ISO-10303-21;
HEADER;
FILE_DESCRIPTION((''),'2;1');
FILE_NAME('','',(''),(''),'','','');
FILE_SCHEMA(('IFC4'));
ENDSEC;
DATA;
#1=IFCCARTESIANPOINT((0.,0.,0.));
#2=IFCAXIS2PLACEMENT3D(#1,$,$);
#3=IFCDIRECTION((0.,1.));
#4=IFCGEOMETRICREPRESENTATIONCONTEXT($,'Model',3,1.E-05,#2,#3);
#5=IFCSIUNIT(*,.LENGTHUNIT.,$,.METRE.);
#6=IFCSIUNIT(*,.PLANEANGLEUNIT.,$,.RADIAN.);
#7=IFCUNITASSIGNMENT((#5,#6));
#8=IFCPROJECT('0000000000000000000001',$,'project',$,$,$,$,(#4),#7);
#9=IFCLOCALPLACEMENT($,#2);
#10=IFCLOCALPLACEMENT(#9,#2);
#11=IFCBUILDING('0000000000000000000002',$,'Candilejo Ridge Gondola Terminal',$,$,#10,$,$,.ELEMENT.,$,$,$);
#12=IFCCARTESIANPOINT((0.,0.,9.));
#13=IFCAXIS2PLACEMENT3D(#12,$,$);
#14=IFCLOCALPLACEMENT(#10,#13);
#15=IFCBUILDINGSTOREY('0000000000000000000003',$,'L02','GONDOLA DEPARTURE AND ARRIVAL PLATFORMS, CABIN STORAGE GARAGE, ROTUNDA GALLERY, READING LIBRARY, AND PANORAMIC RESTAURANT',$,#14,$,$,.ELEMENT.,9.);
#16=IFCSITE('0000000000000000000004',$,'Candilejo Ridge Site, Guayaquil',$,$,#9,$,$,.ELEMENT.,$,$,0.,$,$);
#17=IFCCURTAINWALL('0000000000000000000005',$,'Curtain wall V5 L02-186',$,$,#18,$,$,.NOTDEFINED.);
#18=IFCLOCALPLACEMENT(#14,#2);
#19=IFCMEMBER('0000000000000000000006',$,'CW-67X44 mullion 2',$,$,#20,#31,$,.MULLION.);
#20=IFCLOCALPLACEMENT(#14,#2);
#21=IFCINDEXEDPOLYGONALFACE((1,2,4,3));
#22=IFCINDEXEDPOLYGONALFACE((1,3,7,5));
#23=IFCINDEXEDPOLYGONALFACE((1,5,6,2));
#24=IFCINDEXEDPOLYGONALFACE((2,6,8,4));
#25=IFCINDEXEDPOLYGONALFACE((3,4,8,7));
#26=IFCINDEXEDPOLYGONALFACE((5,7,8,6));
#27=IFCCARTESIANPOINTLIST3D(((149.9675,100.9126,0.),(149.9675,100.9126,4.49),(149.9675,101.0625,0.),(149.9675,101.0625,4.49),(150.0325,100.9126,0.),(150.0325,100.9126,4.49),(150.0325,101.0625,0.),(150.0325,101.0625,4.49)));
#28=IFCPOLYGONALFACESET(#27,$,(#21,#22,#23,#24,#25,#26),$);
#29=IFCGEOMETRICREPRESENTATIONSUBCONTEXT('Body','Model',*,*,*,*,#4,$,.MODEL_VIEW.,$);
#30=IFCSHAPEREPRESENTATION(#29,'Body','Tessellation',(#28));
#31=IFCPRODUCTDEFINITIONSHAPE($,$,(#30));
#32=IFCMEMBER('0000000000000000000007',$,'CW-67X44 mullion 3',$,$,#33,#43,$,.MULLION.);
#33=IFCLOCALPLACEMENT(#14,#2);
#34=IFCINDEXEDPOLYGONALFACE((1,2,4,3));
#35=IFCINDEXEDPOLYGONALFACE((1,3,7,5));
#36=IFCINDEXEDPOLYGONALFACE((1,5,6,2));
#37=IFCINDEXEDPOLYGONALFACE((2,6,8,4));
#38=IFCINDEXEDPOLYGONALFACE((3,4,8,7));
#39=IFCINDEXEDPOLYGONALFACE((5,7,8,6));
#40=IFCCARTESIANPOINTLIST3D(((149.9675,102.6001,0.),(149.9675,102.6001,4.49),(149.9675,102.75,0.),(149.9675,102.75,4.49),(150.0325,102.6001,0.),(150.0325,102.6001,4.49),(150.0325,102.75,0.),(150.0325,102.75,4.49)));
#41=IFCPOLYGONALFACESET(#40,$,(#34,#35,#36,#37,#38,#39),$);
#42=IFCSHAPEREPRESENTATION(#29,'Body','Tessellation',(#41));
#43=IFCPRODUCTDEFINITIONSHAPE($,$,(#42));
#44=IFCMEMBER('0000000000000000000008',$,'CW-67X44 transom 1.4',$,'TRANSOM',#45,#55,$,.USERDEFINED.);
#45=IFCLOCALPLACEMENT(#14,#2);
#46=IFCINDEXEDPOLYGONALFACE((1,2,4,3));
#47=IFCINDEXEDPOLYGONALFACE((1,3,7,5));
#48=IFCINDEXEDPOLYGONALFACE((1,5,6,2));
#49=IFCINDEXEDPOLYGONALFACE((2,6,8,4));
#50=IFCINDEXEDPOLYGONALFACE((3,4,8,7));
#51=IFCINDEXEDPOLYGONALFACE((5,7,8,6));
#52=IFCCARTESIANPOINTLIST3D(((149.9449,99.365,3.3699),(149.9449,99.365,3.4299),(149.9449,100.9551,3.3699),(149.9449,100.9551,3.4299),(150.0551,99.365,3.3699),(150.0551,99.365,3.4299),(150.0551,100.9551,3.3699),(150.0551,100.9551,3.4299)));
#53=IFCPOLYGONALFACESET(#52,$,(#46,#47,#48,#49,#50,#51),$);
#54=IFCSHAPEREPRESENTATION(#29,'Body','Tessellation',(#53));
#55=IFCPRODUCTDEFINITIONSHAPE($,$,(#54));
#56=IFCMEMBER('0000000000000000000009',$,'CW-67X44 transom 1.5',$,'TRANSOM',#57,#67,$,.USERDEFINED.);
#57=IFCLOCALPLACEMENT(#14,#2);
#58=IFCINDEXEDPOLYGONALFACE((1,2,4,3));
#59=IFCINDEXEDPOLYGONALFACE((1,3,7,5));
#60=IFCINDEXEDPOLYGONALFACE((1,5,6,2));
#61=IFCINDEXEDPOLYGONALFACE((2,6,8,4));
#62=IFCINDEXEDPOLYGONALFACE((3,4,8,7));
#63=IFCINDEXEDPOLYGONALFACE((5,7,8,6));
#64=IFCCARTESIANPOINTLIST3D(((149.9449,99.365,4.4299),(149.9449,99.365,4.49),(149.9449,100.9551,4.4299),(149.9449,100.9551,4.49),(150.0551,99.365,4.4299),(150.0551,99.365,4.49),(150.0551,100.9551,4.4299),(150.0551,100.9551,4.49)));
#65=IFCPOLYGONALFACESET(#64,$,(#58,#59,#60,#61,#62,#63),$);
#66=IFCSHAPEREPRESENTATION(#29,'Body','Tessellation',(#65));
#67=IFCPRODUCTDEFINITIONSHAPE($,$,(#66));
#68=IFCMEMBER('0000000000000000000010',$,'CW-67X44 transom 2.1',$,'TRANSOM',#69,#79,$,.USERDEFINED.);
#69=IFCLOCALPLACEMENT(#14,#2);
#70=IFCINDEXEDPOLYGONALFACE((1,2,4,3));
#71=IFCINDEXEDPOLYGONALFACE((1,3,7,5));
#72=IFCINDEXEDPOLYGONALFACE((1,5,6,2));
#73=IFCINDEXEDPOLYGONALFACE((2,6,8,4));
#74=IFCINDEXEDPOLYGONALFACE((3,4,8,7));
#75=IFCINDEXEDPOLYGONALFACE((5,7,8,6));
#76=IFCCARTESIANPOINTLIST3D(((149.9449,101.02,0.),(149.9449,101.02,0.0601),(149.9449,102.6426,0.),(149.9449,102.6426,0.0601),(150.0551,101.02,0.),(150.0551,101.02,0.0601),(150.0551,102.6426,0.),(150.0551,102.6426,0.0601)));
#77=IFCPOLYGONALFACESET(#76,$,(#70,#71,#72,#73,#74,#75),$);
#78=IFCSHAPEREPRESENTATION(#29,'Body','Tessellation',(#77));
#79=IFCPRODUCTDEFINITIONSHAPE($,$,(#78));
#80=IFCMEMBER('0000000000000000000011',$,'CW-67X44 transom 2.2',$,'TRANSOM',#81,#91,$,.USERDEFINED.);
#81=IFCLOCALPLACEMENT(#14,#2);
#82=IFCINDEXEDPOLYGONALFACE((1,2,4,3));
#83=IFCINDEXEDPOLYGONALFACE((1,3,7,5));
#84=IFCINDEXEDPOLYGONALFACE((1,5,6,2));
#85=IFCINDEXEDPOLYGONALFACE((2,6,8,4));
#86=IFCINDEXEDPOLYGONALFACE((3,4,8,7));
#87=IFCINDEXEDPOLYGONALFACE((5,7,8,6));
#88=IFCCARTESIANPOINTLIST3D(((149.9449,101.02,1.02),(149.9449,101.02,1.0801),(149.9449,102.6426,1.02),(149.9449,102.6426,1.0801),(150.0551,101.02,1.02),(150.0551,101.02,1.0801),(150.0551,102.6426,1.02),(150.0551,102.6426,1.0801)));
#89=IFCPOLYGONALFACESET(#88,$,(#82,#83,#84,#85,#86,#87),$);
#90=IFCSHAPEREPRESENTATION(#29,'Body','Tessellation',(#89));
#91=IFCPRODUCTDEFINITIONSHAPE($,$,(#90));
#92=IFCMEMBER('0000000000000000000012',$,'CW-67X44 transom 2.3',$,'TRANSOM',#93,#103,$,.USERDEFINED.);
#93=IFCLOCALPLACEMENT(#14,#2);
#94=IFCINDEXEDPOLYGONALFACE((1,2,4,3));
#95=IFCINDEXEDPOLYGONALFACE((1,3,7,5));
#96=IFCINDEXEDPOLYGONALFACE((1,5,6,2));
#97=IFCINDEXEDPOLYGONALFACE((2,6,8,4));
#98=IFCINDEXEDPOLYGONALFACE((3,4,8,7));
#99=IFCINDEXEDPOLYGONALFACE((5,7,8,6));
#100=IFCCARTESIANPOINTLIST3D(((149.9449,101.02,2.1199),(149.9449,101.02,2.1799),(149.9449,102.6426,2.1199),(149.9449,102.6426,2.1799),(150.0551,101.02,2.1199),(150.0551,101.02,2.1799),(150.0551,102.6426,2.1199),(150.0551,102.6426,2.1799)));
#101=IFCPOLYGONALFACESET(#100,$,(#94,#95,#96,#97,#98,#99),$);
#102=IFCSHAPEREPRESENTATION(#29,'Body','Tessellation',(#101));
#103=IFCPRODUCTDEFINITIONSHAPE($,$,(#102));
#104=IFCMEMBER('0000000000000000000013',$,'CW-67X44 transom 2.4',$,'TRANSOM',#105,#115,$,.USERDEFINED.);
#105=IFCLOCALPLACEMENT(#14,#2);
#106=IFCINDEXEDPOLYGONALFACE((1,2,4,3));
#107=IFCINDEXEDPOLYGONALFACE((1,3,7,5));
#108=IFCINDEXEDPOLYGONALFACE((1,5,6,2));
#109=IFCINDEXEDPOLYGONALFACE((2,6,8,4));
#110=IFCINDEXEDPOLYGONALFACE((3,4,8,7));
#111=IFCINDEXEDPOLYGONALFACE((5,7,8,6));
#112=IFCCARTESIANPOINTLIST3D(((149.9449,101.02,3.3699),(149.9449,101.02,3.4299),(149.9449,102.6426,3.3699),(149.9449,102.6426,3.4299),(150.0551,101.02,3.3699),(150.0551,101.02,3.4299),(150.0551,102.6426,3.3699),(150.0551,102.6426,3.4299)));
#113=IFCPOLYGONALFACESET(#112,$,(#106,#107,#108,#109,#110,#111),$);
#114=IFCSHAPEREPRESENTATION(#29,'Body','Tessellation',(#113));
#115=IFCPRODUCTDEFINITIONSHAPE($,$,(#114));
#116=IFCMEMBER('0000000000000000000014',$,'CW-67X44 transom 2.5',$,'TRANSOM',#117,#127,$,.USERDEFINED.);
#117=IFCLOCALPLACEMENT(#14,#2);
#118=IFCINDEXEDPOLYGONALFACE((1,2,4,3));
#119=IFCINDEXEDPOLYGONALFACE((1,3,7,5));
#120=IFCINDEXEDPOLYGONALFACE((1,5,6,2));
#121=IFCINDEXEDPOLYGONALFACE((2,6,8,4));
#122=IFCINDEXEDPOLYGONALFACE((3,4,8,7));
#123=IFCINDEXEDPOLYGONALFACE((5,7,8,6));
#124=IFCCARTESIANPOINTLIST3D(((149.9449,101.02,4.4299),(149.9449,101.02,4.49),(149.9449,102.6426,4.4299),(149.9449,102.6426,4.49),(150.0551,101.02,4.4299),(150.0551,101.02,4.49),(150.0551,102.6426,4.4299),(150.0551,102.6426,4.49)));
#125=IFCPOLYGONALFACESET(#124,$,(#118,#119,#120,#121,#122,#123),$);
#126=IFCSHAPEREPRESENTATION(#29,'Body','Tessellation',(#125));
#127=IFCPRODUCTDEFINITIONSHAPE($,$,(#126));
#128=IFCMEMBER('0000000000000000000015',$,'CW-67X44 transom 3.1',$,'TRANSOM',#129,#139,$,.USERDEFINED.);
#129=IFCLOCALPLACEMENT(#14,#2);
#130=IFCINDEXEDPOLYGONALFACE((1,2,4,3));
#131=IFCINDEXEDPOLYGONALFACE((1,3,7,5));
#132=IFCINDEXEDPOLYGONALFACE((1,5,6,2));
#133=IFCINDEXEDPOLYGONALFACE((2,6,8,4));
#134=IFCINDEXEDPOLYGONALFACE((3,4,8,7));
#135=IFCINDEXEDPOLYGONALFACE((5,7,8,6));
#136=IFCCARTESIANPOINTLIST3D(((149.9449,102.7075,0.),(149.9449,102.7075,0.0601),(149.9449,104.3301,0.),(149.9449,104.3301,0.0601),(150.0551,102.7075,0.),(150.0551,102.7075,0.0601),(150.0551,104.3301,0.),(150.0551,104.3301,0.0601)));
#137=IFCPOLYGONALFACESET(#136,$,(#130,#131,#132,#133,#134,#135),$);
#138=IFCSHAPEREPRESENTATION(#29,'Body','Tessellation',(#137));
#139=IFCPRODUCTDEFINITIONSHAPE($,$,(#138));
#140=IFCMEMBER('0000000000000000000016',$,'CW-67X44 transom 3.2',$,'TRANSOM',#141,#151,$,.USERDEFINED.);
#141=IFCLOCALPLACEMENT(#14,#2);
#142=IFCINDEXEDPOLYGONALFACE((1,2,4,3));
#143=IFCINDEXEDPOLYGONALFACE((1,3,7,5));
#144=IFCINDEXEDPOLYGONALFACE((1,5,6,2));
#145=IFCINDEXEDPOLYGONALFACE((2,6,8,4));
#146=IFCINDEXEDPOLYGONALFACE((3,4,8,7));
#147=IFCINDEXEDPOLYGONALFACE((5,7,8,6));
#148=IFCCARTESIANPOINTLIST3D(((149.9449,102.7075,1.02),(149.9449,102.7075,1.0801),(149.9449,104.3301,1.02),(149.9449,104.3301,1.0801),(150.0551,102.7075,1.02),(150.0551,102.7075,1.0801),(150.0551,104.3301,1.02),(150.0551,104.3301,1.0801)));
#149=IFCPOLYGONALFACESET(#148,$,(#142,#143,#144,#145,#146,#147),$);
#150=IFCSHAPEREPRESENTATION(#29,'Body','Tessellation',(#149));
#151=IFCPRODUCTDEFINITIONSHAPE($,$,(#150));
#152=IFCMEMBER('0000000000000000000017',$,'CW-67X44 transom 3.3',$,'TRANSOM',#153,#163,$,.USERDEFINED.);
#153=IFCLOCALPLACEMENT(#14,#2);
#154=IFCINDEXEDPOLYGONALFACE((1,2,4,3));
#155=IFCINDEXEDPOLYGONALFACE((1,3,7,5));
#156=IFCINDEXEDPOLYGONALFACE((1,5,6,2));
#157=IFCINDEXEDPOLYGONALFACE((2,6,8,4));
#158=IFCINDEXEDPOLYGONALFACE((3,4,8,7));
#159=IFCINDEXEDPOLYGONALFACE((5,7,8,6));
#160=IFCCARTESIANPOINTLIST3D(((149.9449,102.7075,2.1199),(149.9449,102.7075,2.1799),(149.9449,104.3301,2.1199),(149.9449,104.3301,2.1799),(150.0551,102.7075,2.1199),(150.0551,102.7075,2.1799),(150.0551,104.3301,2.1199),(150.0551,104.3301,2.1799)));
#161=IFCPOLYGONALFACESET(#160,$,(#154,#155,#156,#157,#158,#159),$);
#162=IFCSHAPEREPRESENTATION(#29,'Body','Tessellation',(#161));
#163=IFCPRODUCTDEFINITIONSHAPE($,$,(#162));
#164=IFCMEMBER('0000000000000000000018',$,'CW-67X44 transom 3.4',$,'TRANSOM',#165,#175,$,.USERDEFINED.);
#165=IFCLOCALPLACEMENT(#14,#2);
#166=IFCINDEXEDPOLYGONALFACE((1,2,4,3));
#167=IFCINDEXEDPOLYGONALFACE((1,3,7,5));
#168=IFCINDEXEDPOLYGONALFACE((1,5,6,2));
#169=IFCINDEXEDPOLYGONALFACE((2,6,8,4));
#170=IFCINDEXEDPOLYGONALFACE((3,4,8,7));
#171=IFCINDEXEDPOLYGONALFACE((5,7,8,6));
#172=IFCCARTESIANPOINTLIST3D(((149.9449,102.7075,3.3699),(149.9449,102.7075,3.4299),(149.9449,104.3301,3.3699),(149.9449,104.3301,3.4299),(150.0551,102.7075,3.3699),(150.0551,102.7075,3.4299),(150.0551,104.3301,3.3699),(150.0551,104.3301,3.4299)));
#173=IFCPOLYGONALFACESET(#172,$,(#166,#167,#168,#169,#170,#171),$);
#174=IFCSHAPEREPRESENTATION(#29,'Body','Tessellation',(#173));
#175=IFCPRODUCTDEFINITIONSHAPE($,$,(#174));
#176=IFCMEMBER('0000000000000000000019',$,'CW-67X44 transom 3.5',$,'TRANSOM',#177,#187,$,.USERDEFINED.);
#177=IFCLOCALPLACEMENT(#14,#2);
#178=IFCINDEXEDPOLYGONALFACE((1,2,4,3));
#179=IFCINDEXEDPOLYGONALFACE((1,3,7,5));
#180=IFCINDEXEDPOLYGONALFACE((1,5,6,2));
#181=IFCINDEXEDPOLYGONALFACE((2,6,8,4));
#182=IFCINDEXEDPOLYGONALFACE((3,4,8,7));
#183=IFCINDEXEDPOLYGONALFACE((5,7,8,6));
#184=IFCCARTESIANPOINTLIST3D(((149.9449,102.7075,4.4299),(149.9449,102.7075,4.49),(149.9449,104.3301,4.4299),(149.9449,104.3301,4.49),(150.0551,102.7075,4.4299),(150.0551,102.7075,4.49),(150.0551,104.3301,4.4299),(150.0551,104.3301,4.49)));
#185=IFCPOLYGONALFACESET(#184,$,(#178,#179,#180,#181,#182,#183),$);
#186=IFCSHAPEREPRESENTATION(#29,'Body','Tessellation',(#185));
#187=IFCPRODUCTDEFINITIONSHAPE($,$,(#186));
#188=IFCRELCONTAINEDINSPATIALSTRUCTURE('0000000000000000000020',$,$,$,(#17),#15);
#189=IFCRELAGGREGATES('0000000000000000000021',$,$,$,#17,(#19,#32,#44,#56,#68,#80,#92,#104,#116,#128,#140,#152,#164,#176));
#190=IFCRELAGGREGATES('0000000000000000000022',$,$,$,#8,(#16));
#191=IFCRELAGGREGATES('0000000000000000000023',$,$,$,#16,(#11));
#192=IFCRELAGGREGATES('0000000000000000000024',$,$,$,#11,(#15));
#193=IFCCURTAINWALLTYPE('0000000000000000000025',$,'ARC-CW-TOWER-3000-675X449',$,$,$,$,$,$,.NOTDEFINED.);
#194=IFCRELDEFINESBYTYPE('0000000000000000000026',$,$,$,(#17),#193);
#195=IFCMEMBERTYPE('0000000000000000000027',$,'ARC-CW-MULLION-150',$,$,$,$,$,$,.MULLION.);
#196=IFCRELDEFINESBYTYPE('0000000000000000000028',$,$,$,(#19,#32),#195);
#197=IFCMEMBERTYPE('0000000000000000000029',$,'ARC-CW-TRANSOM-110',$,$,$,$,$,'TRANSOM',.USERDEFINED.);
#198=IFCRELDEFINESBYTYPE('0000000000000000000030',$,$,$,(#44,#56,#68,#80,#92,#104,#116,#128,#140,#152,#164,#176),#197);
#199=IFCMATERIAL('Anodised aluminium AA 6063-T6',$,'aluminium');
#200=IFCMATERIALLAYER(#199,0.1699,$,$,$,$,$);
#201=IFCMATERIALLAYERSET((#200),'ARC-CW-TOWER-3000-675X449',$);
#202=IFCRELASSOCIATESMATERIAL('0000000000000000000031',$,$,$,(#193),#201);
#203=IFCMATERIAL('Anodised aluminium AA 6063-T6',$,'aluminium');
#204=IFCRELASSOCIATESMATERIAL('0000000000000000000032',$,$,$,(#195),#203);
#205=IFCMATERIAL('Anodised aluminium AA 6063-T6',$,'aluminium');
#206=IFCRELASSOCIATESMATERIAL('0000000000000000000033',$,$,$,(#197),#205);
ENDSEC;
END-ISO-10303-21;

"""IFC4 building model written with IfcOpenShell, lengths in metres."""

from ifc_helpers import new_model, si_unit, direction, frame, origin, origin_2d, place, context, subcontext, project, spatial, rectangle, extrude, material, layer, layer_set, material_profile, profile_set, type_object, element, aggregate, save


model = new_model("IFC4")

# Units and contexts
model_context = context("Model", 3, precision=1e-05, world=origin(), true_north=direction((0.0, 1.0)))
body_context = subcontext(model_context, "Body", "Model", "MODEL_VIEW")
ifc_project = project(units=[si_unit("LENGTHUNIT", "METRE"), si_unit("PLANEANGLEUNIT", "RADIAN")], contexts=[model_context])

# Site, building, storey
site_placement = place(None, origin())
site = spatial("IfcSite", under=ifc_project, at=site_placement, Name="Candilejo Ridge Site, Guayaquil", CompositionType="ELEMENT", RefElevation=0.0)
building_placement = place(site_placement, origin())
building = spatial("IfcBuilding", under=site, at=building_placement, Name="Candilejo Ridge Gondola Terminal", CompositionType="ELEMENT")
storey_placement = place(building_placement, frame((0.0, 0.0, 9.0)))
storey = spatial("IfcBuildingStorey", under=building, at=storey_placement, Name="L02", Description="GONDOLA DEPARTURE AND ARRIVAL PLATFORMS, CABIN STORAGE GARAGE, ROTUNDA GALLERY, READING LIBRARY, AND PANORAMIC RESTAURANT", CompositionType="ELEMENT", Elevation=9.0)

# Curtain wall, members
ifc_material_1 = material(Name="Anodised aluminium AA 6063-T6", Category="aluminium")
ifc_layer_1 = layer(ifc_material_1, 0.1699)
ifc_layer_set_1 = layer_set([ifc_layer_1], Name="ARC-CW-TOWER-3000-675X449")
curtain_wall_type = type_object("IfcCurtainWallType", Name="ARC-CW-TOWER-3000-675X449", PredefinedType="NOTDEFINED", material=ifc_layer_set_1)
curtain_wall_placement = place(storey_placement, origin())
curtain_wall = element("IfcCurtainWall", 1, at=curtain_wall_placement, inside=storey, type_object=curtain_wall_type, Name="Curtain wall V5 L02-186", PredefinedType="NOTDEFINED")
ifc_material_2 = material(Name="Anodised aluminium AA 6063-T6", Category="aluminium")
ifc_material_profile_1 = material_profile(ifc_material_2, rectangle(XDim=0.0649, YDim=0.1499, at=origin_2d()))
ifc_profile_set_1 = profile_set([ifc_material_profile_1], Name="Anodised aluminium AA 6063-T6")
member_type_1 = type_object("IfcMemberType", Name="ARC-CW-MULLION-150", PredefinedType="MULLION", material=ifc_profile_set_1)
member_1_placement = place(storey_placement, frame((150.0, 100.9875, 0.0), z_axis=(0.0, 0.0, 1.0), x_axis=(-1.0, 0.0, 0.0)))
member_1 = element("IfcMember", 2, at=member_1_placement, type_object=member_type_1, Name="CW-67X44 mullion 2", PredefinedType="MULLION", context=body_context, shape_type="SweptSolid", body=[
    extrude(rectangle(XDim=0.0649, YDim=0.1499, at=origin_2d()), origin(), (0.0, 0.0, 1.0), 4.49),
])
member_2_placement = place(storey_placement, frame((150.0, 102.675, 0.0), z_axis=(0.0, 0.0, 1.0), x_axis=(-1.0, 0.0, 0.0)))
member_2 = element("IfcMember", 3, at=member_2_placement, type_object=member_type_1, Name="CW-67X44 mullion 3", PredefinedType="MULLION", context=body_context, shape_type="SweptSolid", body=[
    extrude(rectangle(XDim=0.0649, YDim=0.1499, at=origin_2d()), origin(), (0.0, 0.0, 1.0), 4.49),
])
ifc_material_3 = material(Name="Anodised aluminium AA 6063-T6", Category="aluminium")
ifc_material_profile_2 = material_profile(ifc_material_3, rectangle(XDim=0.1101, YDim=0.0601, at=origin_2d()))
ifc_profile_set_2 = profile_set([ifc_material_profile_2], Name="Anodised aluminium AA 6063-T6")
member_type_2 = type_object("IfcMemberType", Name="ARC-CW-TRANSOM-110", ElementType="TRANSOM", PredefinedType="USERDEFINED", material=ifc_profile_set_2)
member_3_placement = place(storey_placement, frame((150.0, 99.365, 3.3999), z_axis=(0.0, 1.0, 0.0), x_axis=(-1.0, 0.0, 0.0)))
member_3 = element("IfcMember", 4, at=member_3_placement, type_object=member_type_2, Name="CW-67X44 transom 1.4", ObjectType="TRANSOM", PredefinedType="USERDEFINED", context=body_context, shape_type="SweptSolid", body=[
    extrude(rectangle(XDim=0.1101, YDim=0.0601, at=origin_2d()), origin(), (0.0, 0.0, 1.0), 1.5901),
])
member_4_placement = place(storey_placement, frame((150.0, 99.365, 4.46), z_axis=(0.0, 1.0, 0.0), x_axis=(-1.0, 0.0, 0.0)))
member_4 = element("IfcMember", 5, at=member_4_placement, type_object=member_type_2, Name="CW-67X44 transom 1.5", ObjectType="TRANSOM", PredefinedType="USERDEFINED", context=body_context, shape_type="SweptSolid", body=[
    extrude(rectangle(XDim=0.1101, YDim=0.0601, at=origin_2d()), origin(), (0.0, 0.0, 1.0), 1.5901),
])
member_5_placement = place(storey_placement, frame((150.0, 101.02, 0.03), z_axis=(0.0, 1.0, 0.0), x_axis=(-1.0, 0.0, 0.0)))
member_5 = element("IfcMember", 6, at=member_5_placement, type_object=member_type_2, Name="CW-67X44 transom 2.1", ObjectType="TRANSOM", PredefinedType="USERDEFINED", context=body_context, shape_type="SweptSolid", body=[
    extrude(rectangle(XDim=0.1101, YDim=0.0601, at=origin_2d()), origin(), (0.0, 0.0, 1.0), 1.6226),
])
member_6_placement = place(storey_placement, frame((150.0, 101.02, 1.05), z_axis=(0.0, 1.0, 0.0), x_axis=(-1.0, 0.0, 0.0)))
member_6 = element("IfcMember", 7, at=member_6_placement, type_object=member_type_2, Name="CW-67X44 transom 2.2", ObjectType="TRANSOM", PredefinedType="USERDEFINED", context=body_context, shape_type="SweptSolid", body=[
    extrude(rectangle(XDim=0.1101, YDim=0.0601, at=origin_2d()), origin(), (0.0, 0.0, 1.0), 1.6226),
])
member_7_placement = place(storey_placement, frame((150.0, 101.02, 2.1499), z_axis=(0.0, 1.0, 0.0), x_axis=(-1.0, 0.0, 0.0)))
member_7 = element("IfcMember", 8, at=member_7_placement, type_object=member_type_2, Name="CW-67X44 transom 2.3", ObjectType="TRANSOM", PredefinedType="USERDEFINED", context=body_context, shape_type="SweptSolid", body=[
    extrude(rectangle(XDim=0.1101, YDim=0.0601, at=origin_2d()), origin(), (0.0, 0.0, 1.0), 1.6226),
])
member_8_placement = place(storey_placement, frame((150.0, 101.02, 3.3999), z_axis=(0.0, 1.0, 0.0), x_axis=(-1.0, 0.0, 0.0)))
member_8 = element("IfcMember", 9, at=member_8_placement, type_object=member_type_2, Name="CW-67X44 transom 2.4", ObjectType="TRANSOM", PredefinedType="USERDEFINED", context=body_context, shape_type="SweptSolid", body=[
    extrude(rectangle(XDim=0.1101, YDim=0.0601, at=origin_2d()), origin(), (0.0, 0.0, 1.0), 1.6226),
])
member_9_placement = place(storey_placement, frame((150.0, 101.02, 4.46), z_axis=(0.0, 1.0, 0.0), x_axis=(-1.0, 0.0, 0.0)))
member_9 = element("IfcMember", 10, at=member_9_placement, type_object=member_type_2, Name="CW-67X44 transom 2.5", ObjectType="TRANSOM", PredefinedType="USERDEFINED", context=body_context, shape_type="SweptSolid", body=[
    extrude(rectangle(XDim=0.1101, YDim=0.0601, at=origin_2d()), origin(), (0.0, 0.0, 1.0), 1.6226),
])
member_10_placement = place(storey_placement, frame((150.0, 102.7075, 0.03), z_axis=(0.0, 1.0, 0.0), x_axis=(-1.0, 0.0, 0.0)))
member_10 = element("IfcMember", 11, at=member_10_placement, type_object=member_type_2, Name="CW-67X44 transom 3.1", ObjectType="TRANSOM", PredefinedType="USERDEFINED", context=body_context, shape_type="SweptSolid", body=[
    extrude(rectangle(XDim=0.1101, YDim=0.0601, at=origin_2d()), origin(), (0.0, 0.0, 1.0), 1.6226),
])
member_11_placement = place(storey_placement, frame((150.0, 102.7075, 1.05), z_axis=(0.0, 1.0, 0.0), x_axis=(-1.0, 0.0, 0.0)))
member_11 = element("IfcMember", 12, at=member_11_placement, type_object=member_type_2, Name="CW-67X44 transom 3.2", ObjectType="TRANSOM", PredefinedType="USERDEFINED", context=body_context, shape_type="SweptSolid", body=[
    extrude(rectangle(XDim=0.1101, YDim=0.0601, at=origin_2d()), origin(), (0.0, 0.0, 1.0), 1.6226),
])
member_12_placement = place(storey_placement, frame((150.0, 102.7075, 2.1499), z_axis=(0.0, 1.0, 0.0), x_axis=(-1.0, 0.0, 0.0)))
member_12 = element("IfcMember", 13, at=member_12_placement, type_object=member_type_2, Name="CW-67X44 transom 3.3", ObjectType="TRANSOM", PredefinedType="USERDEFINED", context=body_context, shape_type="SweptSolid", body=[
    extrude(rectangle(XDim=0.1101, YDim=0.0601, at=origin_2d()), origin(), (0.0, 0.0, 1.0), 1.6226),
])
member_13_placement = place(storey_placement, frame((150.0, 102.7075, 3.3999), z_axis=(0.0, 1.0, 0.0), x_axis=(-1.0, 0.0, 0.0)))
member_13 = element("IfcMember", 14, at=member_13_placement, type_object=member_type_2, Name="CW-67X44 transom 3.4", ObjectType="TRANSOM", PredefinedType="USERDEFINED", context=body_context, shape_type="SweptSolid", body=[
    extrude(rectangle(XDim=0.1101, YDim=0.0601, at=origin_2d()), origin(), (0.0, 0.0, 1.0), 1.6226),
])
member_14_placement = place(storey_placement, frame((150.0, 102.7075, 4.46), z_axis=(0.0, 1.0, 0.0), x_axis=(-1.0, 0.0, 0.0)))
member_14 = element("IfcMember", 15, at=member_14_placement, type_object=member_type_2, Name="CW-67X44 transom 3.5", ObjectType="TRANSOM", PredefinedType="USERDEFINED", context=body_context, shape_type="SweptSolid", body=[
    extrude(rectangle(XDim=0.1101, YDim=0.0601, at=origin_2d()), origin(), (0.0, 0.0, 1.0), 1.6226),
])
aggregate(curtain_wall, [member_1, member_2, member_3, member_4, member_5, member_6, member_7, member_8, member_9, member_10, member_11, member_12, member_13, member_14])

save(model, "model.ifc")
